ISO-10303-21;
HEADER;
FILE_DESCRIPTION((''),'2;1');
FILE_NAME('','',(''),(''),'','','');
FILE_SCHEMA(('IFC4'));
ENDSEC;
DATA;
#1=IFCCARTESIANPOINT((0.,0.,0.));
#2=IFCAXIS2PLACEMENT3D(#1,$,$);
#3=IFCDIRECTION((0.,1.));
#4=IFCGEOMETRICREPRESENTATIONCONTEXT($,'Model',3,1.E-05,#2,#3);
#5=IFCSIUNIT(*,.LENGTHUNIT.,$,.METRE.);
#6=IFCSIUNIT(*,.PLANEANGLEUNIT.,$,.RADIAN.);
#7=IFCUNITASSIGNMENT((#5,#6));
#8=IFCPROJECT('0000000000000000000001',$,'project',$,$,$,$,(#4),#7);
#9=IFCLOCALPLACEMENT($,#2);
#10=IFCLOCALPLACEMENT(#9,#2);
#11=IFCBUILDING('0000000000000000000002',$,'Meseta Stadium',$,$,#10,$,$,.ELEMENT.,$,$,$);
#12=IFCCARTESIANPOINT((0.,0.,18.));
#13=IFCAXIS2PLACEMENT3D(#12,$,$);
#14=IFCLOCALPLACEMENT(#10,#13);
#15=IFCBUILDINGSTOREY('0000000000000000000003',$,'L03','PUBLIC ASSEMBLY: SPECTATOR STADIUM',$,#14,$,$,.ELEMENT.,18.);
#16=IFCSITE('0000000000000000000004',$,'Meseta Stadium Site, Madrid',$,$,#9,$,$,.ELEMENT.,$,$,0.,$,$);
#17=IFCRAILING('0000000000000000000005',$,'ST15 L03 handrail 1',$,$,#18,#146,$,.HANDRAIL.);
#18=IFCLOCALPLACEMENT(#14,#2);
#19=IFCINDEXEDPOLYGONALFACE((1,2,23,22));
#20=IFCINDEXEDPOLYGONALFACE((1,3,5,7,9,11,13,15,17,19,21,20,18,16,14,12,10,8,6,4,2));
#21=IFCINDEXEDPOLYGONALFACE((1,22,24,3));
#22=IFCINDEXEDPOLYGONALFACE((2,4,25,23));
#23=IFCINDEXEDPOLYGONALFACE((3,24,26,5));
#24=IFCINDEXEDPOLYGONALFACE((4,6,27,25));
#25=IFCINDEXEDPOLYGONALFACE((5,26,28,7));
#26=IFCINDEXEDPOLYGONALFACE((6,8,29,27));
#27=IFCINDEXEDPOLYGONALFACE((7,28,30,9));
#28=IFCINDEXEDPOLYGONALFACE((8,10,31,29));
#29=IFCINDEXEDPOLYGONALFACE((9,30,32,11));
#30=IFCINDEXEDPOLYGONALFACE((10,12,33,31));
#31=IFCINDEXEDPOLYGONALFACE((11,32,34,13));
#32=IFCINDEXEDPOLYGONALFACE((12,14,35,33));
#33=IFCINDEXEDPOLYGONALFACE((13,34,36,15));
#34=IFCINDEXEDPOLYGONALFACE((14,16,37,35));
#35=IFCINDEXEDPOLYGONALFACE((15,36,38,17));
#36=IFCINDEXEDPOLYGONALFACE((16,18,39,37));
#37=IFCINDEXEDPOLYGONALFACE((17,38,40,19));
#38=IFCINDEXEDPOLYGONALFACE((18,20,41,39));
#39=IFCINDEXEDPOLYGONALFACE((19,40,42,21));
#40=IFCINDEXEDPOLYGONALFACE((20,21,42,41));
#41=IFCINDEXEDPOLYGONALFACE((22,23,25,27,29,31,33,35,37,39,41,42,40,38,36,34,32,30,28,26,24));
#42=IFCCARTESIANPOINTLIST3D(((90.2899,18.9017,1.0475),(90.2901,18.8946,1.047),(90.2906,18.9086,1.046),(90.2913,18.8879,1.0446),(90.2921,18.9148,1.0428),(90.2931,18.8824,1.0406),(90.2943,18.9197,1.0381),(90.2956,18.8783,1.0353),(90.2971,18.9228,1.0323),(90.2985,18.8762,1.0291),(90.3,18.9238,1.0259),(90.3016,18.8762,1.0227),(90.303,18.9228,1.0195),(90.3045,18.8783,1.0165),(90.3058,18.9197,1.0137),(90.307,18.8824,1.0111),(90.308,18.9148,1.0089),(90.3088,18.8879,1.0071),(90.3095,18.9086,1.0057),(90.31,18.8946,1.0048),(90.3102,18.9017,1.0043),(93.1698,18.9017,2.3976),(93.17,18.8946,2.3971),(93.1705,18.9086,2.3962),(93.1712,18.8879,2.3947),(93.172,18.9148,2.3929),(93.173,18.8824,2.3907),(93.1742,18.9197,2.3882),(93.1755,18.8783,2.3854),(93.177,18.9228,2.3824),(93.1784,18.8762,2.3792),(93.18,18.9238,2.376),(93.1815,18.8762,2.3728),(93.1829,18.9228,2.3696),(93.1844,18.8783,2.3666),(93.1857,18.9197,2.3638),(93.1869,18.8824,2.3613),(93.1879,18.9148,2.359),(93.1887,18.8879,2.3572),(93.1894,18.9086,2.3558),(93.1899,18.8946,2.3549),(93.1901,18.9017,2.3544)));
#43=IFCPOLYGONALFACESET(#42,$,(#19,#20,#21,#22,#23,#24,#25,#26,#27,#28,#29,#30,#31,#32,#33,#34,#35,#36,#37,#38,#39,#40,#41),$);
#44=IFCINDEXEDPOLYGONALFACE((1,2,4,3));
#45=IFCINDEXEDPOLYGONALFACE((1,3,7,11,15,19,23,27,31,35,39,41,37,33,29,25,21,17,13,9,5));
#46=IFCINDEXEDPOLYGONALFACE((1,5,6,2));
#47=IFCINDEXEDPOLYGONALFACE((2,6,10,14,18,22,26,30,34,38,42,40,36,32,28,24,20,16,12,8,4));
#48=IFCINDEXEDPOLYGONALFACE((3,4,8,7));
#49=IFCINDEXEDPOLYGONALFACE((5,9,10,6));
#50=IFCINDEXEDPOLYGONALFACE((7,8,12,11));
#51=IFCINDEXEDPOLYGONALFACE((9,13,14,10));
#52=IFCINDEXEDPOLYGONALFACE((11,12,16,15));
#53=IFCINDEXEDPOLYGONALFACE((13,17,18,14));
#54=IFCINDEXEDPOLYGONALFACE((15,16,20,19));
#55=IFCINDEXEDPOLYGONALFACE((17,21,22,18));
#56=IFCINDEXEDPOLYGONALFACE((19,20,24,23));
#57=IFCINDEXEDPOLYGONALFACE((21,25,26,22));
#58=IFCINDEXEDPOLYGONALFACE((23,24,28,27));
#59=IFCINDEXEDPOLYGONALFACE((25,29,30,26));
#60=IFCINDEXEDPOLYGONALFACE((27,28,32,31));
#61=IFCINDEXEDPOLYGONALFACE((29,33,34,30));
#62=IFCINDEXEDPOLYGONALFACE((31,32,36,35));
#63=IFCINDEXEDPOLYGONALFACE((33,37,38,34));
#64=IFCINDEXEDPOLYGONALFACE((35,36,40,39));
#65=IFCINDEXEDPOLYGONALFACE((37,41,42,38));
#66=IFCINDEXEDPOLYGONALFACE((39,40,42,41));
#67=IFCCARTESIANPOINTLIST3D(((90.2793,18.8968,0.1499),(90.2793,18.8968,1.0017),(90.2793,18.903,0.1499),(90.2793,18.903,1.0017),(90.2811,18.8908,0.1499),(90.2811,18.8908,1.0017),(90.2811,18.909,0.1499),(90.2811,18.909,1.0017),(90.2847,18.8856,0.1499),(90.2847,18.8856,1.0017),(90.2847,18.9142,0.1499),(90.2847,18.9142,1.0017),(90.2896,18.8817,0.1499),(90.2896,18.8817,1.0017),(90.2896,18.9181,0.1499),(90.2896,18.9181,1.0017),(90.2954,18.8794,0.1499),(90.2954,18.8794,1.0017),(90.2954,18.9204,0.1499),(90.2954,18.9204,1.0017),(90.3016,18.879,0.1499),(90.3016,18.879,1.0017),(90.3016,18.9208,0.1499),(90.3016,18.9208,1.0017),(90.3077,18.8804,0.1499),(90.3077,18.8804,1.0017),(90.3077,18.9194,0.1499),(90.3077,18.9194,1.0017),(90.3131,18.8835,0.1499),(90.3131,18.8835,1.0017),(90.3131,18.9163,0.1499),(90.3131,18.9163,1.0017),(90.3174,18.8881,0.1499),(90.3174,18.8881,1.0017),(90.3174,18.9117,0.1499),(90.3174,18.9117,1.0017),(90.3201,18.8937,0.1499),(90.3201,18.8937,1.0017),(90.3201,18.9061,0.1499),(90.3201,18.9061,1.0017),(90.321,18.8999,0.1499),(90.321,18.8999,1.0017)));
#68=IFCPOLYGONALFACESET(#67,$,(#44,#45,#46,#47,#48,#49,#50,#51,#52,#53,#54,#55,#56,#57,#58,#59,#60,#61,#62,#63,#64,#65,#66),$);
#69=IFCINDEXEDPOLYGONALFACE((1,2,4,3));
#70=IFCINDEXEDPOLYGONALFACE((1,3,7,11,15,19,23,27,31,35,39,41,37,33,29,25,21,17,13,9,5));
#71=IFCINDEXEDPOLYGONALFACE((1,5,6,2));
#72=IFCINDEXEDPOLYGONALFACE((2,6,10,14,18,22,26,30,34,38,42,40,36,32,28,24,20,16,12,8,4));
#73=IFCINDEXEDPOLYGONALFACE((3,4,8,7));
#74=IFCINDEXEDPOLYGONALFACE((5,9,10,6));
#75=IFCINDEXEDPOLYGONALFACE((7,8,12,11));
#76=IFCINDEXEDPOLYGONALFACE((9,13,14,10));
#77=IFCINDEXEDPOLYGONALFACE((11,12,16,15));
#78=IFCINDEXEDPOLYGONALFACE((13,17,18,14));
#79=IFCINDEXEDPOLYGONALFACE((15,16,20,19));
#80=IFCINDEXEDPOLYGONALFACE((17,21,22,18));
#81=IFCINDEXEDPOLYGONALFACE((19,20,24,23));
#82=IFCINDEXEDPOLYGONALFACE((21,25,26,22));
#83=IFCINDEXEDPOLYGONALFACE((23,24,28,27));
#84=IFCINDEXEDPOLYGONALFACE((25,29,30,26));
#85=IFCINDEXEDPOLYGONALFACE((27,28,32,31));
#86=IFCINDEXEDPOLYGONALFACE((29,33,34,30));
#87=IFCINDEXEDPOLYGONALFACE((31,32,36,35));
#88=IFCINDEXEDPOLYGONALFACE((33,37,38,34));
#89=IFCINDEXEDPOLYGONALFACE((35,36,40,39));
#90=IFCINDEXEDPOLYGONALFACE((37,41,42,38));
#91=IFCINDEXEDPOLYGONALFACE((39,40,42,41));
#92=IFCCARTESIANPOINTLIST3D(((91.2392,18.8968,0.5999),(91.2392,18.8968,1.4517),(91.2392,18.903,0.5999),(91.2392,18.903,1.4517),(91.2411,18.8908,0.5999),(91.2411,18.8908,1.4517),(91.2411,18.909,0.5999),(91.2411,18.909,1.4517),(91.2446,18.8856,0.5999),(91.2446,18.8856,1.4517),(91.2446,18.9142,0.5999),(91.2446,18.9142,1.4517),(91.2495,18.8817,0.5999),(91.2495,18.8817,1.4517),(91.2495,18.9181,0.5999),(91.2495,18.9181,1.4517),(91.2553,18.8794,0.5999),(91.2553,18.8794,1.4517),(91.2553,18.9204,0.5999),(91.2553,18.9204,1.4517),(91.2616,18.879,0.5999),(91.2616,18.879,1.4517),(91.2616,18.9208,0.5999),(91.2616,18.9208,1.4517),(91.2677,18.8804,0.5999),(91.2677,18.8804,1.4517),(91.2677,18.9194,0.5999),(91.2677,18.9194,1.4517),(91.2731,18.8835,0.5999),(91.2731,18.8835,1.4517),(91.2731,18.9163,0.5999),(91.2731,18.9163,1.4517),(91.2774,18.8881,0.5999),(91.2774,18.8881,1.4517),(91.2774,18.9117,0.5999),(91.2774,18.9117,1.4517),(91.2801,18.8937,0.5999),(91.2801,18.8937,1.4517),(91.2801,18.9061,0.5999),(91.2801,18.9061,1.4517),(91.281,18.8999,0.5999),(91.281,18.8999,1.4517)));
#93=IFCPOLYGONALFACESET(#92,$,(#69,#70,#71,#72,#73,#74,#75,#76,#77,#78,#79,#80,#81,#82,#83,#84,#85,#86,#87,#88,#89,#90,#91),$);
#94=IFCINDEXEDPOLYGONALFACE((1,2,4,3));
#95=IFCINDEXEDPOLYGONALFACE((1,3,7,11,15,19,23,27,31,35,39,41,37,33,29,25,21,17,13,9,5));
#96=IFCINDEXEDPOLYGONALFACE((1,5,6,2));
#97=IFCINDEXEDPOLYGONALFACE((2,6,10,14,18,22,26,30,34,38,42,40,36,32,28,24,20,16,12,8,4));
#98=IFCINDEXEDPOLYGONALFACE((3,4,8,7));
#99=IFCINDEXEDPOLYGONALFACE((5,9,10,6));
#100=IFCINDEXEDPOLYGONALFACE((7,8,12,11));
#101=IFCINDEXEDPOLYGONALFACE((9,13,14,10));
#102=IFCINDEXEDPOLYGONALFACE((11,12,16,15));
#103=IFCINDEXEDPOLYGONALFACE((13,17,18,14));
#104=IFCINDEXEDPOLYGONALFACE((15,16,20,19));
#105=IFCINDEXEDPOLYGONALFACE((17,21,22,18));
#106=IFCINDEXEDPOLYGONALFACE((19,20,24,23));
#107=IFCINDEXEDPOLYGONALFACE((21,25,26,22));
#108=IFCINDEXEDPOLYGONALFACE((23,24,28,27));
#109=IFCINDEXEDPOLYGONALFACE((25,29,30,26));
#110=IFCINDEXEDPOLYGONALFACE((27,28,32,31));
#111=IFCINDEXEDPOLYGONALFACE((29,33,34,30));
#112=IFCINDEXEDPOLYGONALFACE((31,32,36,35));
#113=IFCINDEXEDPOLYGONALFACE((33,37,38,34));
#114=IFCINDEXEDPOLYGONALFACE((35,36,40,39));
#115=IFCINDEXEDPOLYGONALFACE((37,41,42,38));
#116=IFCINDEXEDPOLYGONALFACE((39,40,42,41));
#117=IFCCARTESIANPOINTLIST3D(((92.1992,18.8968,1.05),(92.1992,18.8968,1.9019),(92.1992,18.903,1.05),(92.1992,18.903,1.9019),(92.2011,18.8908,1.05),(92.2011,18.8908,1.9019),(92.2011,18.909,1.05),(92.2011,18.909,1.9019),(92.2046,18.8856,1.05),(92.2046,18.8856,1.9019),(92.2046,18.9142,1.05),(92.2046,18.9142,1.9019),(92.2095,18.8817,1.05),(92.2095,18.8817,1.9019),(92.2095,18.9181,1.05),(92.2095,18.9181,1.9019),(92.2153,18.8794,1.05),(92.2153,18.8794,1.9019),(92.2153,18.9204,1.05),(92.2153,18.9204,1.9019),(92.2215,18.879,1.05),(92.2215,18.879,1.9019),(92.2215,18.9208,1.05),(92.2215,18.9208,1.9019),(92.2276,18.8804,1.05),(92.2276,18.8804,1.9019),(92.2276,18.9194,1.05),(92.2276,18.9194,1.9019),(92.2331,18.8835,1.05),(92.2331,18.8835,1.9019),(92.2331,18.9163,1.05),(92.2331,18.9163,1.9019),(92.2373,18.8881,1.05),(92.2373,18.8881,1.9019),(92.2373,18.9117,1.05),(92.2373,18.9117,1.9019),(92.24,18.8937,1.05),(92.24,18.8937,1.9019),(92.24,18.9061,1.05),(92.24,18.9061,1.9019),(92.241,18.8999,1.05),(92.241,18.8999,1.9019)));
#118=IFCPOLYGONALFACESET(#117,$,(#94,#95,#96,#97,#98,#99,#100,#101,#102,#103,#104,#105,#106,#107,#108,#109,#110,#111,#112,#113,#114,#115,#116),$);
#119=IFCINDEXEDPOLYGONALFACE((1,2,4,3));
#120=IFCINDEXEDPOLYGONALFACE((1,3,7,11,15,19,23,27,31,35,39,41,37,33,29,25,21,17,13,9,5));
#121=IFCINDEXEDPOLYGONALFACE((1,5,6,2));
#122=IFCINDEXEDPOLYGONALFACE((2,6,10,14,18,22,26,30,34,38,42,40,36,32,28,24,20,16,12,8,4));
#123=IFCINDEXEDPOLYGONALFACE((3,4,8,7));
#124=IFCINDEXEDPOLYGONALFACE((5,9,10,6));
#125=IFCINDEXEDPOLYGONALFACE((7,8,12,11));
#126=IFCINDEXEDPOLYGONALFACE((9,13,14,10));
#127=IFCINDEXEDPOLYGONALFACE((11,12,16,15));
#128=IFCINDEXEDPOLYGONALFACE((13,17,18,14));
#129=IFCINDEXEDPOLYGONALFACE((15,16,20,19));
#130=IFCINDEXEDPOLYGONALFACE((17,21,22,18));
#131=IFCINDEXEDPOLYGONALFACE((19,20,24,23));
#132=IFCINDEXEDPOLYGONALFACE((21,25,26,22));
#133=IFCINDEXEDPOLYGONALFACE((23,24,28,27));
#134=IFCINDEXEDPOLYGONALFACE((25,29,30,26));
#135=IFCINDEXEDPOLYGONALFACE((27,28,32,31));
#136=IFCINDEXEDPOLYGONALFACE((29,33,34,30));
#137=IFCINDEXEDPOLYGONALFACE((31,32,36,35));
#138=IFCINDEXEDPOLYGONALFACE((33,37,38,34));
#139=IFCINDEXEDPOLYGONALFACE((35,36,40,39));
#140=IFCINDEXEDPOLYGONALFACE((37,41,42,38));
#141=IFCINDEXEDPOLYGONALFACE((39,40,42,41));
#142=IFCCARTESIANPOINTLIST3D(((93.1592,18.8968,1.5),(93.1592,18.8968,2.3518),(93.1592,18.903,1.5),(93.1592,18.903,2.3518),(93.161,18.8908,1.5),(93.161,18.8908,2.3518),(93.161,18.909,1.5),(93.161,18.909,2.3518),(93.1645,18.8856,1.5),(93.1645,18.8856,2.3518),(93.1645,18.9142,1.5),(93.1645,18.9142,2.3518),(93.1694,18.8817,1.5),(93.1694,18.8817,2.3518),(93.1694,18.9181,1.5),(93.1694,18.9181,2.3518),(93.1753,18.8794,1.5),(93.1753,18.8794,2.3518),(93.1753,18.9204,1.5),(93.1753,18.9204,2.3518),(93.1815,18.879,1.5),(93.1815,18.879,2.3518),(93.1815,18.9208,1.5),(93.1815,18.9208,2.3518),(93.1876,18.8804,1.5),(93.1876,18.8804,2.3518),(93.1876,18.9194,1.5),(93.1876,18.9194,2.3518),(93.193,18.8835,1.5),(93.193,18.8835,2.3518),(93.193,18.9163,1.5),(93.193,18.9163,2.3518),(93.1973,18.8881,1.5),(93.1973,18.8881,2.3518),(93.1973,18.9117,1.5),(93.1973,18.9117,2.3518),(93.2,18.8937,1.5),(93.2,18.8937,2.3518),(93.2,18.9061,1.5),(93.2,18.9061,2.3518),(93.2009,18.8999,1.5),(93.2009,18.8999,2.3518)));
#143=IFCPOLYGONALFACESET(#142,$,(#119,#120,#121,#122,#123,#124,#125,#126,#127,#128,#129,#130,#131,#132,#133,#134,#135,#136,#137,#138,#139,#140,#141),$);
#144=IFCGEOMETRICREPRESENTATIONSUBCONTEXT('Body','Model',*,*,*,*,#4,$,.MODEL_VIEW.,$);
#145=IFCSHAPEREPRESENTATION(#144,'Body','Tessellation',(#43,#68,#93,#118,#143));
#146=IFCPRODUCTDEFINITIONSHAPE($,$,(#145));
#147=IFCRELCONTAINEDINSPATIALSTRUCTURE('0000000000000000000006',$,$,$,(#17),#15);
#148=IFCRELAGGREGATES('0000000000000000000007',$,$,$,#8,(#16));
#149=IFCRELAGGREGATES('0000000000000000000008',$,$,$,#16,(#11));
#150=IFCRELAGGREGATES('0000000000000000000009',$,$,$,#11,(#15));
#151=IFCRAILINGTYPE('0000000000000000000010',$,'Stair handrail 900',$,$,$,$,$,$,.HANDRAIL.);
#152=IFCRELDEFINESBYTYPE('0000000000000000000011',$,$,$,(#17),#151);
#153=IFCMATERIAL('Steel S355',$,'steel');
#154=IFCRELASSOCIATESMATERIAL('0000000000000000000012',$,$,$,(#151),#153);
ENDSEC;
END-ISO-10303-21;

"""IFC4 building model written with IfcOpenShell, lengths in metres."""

from ifc_helpers import new_model, si_unit, direction, frame, origin, origin_2d, place, context, subcontext, project, spatial, circle, extrude, material, type_object, element, save


model = new_model("IFC4")

# Units and contexts
model_context = context("Model", 3, precision=1e-05, world=origin(), true_north=direction((0.0, 1.0)))
body_context = subcontext(model_context, "Body", "Model", "MODEL_VIEW")
ifc_project = project(units=[si_unit("LENGTHUNIT", "METRE"), si_unit("PLANEANGLEUNIT", "RADIAN")], contexts=[model_context])

# Site, building, storey
site_placement = place(None, origin())
site = spatial("IfcSite", under=ifc_project, at=site_placement, Name="Meseta Stadium Site, Madrid", CompositionType="ELEMENT", RefElevation=0.0)
building_placement = place(site_placement, origin())
building = spatial("IfcBuilding", under=site, at=building_placement, Name="Meseta Stadium", CompositionType="ELEMENT")
storey_placement = place(building_placement, frame((0.0, 0.0, 18.0)))
storey = spatial("IfcBuildingStorey", under=building, at=storey_placement, Name="L03", Description="PUBLIC ASSEMBLY: SPECTATOR STADIUM", CompositionType="ELEMENT", Elevation=18.0)

# Railing
ifc_material_1 = material(Name="Steel S355", Category="steel")
railing_type_1 = type_object("IfcRailingType", Name="Stair handrail 900", PredefinedType="HANDRAIL", material=ifc_material_1)
for number, where, name in (
    (1, (90.3, 18.8999, 0.1499), "ST15 L03 handrail 1"),
):
    element("IfcRailing", number, at=place(storey_placement, frame(where)), inside=storey, type_object=railing_type_1, Name=name, PredefinedType="HANDRAIL", context=body_context, shape_type="SweptSolid", body=[
        extrude(circle(Radius=0.0239, at=origin_2d()), frame((0.0, 0.0, 0.876), z_axis=(0.90544, 0.0, 0.424473), x_axis=(0.0, 1.0, 0.0)), (0.0, 0.0, 1.0), 3.1807),
        extrude(circle(Radius=0.021, at=origin_2d()), origin(), (0.0, 0.0, 1.0), 0.8518),
        extrude(circle(Radius=0.021, at=origin_2d()), frame((0.96, 0.0, 0.45)), (0.0, 0.0, 1.0), 0.8518),
        extrude(circle(Radius=0.021, at=origin_2d()), frame((1.9199, 0.0, 0.9001)), (0.0, 0.0, 1.0), 0.8518),
        extrude(circle(Radius=0.021, at=origin_2d()), frame((2.8799, 0.0, 1.3501)), (0.0, 0.0, 1.0), 0.8518),
    ])

save(model, "model.ifc")
